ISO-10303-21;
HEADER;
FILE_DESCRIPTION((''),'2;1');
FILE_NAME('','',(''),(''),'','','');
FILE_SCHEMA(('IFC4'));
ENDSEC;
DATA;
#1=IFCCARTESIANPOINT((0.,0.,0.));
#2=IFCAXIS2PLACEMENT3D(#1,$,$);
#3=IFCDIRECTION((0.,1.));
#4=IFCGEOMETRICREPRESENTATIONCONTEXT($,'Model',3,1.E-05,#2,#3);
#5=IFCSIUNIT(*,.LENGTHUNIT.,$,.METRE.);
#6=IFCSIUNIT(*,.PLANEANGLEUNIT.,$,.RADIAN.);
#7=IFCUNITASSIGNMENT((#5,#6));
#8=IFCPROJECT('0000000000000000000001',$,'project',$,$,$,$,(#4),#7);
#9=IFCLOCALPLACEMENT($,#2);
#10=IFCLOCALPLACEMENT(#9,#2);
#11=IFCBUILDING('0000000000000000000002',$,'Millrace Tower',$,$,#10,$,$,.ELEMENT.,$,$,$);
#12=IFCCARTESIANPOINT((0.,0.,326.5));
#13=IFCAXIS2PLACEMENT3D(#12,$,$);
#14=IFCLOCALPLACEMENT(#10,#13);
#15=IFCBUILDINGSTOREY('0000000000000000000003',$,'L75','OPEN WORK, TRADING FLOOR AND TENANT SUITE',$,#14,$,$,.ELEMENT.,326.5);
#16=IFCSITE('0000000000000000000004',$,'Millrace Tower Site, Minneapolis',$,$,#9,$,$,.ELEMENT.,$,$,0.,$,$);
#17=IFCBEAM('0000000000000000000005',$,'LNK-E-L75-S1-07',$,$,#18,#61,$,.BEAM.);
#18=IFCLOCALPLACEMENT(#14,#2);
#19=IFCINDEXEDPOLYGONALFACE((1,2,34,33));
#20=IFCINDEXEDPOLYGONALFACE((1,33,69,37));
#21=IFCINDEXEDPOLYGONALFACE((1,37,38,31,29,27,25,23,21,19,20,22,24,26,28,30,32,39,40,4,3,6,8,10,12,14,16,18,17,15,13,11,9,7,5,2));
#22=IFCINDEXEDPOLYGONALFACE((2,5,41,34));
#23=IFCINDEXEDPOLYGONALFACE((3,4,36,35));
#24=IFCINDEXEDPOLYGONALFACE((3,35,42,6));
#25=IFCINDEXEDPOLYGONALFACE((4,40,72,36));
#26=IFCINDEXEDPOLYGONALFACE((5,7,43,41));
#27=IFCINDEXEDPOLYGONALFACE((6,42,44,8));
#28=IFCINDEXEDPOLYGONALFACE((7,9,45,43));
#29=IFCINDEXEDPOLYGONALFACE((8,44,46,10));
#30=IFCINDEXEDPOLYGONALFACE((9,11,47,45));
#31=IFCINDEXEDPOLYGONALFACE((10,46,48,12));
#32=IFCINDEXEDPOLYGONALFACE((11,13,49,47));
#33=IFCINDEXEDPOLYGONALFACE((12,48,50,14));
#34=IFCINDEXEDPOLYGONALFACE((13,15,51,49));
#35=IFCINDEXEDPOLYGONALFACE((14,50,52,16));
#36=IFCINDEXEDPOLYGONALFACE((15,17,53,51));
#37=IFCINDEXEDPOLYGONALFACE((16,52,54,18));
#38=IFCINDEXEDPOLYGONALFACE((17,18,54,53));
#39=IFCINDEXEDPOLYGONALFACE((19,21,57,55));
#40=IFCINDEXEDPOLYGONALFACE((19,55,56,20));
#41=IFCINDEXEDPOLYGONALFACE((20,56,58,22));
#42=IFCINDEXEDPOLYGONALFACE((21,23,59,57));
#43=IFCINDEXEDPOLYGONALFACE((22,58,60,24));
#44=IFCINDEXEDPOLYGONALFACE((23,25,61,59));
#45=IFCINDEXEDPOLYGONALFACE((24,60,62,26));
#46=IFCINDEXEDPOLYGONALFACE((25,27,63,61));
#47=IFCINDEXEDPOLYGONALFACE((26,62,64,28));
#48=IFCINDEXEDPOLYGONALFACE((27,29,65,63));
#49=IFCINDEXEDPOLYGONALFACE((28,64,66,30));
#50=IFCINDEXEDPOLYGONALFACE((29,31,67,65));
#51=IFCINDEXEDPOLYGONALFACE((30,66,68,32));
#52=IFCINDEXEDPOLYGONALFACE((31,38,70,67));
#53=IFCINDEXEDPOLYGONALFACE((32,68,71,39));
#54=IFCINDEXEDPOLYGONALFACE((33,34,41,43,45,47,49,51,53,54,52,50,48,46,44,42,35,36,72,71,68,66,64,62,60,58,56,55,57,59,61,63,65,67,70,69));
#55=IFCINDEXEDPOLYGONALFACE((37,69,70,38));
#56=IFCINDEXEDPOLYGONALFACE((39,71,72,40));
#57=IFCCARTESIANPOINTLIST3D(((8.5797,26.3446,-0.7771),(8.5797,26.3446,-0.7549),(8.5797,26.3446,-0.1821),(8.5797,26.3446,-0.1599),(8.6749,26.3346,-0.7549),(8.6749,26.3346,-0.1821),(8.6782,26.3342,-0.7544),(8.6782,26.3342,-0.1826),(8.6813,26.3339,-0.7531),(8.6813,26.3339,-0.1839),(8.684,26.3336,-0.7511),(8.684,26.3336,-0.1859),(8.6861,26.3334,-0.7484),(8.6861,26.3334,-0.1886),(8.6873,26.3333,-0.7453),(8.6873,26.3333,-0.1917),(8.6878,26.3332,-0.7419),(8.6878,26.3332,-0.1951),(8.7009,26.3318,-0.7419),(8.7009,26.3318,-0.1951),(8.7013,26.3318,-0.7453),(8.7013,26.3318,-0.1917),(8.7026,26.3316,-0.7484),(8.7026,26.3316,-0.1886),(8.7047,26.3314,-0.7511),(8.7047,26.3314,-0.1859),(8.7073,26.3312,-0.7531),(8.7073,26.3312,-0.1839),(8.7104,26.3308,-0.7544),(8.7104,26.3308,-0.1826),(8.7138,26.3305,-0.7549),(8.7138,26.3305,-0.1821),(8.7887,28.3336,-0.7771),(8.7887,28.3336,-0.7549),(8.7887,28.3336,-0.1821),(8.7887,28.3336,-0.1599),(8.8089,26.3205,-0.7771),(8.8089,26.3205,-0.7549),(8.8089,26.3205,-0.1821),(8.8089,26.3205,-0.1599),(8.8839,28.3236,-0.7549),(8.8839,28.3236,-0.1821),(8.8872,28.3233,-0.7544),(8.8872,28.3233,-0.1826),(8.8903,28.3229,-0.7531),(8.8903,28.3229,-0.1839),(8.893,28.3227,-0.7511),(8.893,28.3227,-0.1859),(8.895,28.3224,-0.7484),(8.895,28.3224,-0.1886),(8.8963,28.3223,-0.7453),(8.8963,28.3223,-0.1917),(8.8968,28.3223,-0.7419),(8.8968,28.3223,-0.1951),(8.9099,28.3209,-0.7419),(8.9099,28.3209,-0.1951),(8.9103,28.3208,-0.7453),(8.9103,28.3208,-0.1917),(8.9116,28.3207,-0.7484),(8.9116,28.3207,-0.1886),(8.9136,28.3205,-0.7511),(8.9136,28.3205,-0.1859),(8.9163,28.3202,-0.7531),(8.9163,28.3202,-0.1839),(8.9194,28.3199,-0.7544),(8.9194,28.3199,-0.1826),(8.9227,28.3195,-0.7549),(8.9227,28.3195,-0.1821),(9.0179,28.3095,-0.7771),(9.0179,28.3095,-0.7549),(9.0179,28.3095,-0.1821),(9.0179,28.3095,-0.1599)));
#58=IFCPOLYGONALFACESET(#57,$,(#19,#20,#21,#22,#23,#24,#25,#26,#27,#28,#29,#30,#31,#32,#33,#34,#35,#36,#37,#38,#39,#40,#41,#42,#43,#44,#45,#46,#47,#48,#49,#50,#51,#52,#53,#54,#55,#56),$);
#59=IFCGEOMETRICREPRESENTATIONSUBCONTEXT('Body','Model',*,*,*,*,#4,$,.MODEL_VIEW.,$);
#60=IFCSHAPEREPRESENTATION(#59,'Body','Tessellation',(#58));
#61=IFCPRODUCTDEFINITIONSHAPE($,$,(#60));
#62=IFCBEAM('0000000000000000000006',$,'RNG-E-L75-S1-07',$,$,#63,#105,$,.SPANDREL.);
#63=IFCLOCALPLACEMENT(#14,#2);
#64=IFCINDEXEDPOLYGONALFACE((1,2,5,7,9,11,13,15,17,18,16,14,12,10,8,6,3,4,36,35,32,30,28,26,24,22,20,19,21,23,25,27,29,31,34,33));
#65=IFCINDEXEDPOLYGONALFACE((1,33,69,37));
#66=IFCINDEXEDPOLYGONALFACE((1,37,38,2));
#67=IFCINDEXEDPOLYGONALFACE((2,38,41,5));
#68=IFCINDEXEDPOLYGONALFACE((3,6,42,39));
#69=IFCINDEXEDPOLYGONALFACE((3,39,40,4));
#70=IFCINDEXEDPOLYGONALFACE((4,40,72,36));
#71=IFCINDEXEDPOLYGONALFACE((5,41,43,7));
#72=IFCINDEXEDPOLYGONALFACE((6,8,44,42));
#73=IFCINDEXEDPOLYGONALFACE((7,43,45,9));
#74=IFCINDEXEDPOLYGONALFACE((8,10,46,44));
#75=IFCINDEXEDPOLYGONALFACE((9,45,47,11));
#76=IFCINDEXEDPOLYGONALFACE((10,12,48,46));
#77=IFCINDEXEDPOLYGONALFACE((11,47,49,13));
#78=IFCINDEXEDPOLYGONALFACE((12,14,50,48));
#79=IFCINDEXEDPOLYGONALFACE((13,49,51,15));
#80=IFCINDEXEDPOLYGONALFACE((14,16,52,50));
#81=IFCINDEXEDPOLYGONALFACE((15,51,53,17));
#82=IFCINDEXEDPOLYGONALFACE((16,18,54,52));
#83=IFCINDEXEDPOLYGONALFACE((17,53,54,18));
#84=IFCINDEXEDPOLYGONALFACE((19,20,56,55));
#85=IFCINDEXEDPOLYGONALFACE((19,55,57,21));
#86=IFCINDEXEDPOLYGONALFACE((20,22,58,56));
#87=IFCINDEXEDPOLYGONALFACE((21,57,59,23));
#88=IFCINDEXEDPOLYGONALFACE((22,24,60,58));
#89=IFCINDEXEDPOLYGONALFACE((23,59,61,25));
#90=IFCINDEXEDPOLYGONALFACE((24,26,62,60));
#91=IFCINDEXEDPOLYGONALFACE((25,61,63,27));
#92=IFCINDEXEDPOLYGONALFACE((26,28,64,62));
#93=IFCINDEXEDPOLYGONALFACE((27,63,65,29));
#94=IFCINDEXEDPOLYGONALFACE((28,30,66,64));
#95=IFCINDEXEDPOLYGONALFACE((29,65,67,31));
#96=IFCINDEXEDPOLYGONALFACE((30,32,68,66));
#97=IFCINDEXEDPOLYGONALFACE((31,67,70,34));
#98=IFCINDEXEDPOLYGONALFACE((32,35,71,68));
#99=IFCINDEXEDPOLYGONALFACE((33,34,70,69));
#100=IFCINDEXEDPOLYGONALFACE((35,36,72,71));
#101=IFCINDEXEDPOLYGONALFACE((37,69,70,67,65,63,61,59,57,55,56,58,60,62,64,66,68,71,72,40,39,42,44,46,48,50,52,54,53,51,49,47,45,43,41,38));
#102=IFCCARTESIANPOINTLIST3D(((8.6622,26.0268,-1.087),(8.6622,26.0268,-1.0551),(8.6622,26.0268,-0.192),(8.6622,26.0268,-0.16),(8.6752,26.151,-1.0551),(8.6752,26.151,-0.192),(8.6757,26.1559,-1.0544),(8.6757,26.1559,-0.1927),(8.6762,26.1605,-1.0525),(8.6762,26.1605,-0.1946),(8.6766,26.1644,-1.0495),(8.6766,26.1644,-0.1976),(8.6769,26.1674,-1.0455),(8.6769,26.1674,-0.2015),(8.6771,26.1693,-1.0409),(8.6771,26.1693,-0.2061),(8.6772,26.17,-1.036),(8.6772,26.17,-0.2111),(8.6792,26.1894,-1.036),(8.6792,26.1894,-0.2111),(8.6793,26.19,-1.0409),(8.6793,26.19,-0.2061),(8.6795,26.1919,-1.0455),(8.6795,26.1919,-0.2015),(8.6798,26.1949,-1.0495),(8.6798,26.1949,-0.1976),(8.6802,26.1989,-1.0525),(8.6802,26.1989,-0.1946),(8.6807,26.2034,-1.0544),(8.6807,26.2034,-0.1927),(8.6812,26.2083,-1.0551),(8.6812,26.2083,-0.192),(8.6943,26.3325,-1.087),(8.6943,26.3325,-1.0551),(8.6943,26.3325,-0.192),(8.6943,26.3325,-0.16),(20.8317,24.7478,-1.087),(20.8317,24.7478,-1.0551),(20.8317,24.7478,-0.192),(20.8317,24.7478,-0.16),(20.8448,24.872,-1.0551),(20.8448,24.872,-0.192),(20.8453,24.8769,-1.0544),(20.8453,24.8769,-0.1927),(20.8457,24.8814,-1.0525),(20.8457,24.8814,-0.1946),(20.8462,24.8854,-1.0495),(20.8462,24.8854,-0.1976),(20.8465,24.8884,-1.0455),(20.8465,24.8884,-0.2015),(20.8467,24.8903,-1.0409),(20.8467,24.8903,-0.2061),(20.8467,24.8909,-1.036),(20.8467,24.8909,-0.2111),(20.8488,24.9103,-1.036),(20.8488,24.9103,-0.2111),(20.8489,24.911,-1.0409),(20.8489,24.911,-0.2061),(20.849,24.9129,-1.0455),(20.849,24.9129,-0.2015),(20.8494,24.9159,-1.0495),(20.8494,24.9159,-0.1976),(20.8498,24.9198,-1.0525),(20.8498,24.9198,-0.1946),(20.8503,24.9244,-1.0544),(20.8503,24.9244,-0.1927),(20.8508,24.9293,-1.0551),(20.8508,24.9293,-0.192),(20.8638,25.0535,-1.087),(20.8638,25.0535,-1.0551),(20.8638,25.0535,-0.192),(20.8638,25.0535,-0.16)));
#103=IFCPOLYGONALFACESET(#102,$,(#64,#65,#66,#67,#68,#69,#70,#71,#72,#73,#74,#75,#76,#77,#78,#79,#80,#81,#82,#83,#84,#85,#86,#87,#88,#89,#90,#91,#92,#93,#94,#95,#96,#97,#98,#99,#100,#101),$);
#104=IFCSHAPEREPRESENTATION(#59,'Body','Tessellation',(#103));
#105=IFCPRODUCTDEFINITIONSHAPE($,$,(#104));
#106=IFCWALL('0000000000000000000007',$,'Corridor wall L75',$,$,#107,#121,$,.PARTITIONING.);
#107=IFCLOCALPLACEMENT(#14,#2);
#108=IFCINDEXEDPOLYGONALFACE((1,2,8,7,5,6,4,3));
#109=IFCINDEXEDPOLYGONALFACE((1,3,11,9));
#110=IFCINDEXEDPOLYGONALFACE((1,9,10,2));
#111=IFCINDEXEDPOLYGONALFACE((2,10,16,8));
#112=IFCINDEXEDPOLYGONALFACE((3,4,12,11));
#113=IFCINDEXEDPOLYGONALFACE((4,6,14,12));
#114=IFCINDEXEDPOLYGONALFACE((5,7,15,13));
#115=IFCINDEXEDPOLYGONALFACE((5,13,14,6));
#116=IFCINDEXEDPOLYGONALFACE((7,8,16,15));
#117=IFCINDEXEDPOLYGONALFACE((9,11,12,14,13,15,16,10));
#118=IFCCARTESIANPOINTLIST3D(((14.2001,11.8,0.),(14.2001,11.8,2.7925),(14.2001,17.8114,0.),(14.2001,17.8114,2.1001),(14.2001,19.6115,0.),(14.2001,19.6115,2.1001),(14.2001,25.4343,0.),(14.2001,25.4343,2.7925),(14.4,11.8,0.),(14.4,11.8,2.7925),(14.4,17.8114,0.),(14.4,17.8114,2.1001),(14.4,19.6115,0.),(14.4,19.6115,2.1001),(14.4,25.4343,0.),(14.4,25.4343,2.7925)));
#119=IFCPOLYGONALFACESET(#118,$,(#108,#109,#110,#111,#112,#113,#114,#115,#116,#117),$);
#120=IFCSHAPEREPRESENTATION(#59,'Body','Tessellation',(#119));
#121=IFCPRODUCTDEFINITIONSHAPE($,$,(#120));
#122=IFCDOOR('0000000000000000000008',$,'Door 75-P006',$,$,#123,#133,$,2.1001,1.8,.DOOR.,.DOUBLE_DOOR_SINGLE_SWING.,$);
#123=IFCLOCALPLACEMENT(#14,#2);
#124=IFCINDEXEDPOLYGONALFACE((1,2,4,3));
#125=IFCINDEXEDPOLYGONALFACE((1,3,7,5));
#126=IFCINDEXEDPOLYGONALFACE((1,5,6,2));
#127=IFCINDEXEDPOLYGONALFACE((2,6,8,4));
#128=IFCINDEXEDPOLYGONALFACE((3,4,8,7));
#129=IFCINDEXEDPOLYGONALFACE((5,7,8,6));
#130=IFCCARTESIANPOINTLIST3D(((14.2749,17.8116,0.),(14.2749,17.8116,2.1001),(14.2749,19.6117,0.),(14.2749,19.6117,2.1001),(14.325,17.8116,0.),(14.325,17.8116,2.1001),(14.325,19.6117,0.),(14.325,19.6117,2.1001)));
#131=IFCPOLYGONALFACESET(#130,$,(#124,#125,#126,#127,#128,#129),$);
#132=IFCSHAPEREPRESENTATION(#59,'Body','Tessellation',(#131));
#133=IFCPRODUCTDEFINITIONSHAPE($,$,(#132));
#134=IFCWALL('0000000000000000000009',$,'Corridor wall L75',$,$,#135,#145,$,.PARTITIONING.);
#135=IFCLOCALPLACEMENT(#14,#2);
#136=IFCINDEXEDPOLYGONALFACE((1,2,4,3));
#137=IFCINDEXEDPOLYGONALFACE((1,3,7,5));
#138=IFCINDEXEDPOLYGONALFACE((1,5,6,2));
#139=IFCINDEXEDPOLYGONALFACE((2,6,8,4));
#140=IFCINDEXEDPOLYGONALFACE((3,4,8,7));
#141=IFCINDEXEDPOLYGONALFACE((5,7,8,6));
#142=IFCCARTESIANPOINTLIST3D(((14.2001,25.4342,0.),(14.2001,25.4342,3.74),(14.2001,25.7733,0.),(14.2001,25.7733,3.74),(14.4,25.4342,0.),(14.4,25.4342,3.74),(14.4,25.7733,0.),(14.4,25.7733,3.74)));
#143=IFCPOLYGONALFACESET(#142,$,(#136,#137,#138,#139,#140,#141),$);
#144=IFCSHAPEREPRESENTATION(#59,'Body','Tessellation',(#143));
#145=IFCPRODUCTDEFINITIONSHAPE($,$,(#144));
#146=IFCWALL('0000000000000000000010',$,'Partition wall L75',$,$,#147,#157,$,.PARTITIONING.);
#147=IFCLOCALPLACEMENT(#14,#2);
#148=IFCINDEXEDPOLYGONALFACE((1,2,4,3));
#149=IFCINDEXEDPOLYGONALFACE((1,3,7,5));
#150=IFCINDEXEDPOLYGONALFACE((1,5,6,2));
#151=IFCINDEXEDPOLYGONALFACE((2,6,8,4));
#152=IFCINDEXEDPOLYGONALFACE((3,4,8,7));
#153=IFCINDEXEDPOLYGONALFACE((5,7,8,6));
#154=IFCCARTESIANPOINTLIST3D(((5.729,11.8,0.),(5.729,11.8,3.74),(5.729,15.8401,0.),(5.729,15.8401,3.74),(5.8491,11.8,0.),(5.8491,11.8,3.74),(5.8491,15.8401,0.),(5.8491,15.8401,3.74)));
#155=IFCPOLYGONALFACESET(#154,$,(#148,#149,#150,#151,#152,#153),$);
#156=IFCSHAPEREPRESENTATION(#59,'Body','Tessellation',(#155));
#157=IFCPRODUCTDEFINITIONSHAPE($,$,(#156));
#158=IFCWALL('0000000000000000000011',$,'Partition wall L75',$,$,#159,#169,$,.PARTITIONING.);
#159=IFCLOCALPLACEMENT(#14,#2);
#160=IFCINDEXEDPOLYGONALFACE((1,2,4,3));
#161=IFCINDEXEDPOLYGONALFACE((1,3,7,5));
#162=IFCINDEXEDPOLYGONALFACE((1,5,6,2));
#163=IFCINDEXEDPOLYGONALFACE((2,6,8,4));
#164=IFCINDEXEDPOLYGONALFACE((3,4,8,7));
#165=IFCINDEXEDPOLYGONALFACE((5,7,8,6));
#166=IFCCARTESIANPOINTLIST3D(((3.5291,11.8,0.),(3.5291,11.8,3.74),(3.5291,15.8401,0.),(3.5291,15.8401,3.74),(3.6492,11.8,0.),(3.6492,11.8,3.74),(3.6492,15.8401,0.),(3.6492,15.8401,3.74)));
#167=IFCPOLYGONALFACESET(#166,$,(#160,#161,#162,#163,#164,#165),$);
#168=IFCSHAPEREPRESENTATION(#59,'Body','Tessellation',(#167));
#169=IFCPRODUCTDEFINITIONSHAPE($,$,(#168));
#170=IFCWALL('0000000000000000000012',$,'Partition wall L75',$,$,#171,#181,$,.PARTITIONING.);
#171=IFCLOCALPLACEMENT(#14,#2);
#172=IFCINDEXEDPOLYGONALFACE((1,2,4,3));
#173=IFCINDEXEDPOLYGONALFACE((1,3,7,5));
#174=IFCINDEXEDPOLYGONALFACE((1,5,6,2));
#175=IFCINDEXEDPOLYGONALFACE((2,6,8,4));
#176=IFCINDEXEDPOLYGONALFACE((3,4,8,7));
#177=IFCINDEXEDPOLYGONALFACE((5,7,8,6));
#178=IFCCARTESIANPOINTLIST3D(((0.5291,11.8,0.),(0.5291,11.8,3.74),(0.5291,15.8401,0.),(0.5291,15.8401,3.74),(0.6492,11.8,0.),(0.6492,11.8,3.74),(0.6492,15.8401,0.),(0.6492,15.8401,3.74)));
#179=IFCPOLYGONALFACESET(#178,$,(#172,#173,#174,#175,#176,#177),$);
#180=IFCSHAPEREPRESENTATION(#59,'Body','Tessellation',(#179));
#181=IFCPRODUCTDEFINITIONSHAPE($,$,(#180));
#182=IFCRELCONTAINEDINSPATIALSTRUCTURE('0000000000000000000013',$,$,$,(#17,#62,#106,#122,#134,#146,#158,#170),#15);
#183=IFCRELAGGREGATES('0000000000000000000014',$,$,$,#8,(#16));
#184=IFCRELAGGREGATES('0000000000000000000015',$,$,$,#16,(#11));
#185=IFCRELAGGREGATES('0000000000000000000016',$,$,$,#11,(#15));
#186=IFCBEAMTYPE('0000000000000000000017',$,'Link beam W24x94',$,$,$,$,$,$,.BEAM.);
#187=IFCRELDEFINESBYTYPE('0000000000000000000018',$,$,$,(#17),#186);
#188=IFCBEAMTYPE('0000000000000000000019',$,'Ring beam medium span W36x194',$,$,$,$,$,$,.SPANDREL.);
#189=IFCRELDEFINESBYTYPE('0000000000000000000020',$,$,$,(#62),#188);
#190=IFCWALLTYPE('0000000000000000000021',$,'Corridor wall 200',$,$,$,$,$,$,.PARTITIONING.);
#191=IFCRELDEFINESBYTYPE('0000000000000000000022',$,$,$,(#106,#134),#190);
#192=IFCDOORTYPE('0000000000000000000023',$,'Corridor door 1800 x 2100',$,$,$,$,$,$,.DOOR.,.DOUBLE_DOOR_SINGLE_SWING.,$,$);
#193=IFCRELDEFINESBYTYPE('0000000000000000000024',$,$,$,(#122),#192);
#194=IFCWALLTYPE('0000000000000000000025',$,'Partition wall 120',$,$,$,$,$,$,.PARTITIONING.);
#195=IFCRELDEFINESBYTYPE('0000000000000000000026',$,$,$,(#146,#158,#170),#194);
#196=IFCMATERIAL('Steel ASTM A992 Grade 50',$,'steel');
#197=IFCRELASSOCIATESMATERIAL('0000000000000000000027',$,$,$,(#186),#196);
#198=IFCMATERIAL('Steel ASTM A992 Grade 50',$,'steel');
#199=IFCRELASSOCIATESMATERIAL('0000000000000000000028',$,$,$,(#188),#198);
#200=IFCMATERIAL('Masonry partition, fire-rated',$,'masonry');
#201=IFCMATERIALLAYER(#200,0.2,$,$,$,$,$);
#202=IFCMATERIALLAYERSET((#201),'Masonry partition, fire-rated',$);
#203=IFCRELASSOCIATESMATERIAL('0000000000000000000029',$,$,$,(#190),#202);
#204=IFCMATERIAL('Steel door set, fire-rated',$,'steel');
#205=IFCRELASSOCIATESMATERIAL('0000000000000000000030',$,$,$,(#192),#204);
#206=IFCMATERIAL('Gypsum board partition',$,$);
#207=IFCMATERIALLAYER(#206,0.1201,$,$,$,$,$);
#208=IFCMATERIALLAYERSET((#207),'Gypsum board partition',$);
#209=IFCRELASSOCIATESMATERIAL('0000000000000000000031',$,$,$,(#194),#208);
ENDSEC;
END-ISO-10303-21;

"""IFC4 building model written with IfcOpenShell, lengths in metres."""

from ifc_helpers import new_model, si_unit, direction, frame, frame_2d, origin, origin_2d, place, context, subcontext, project, spatial, rectangle, i_section, extrude, material, layer, layer_set, material_profile, profile_set, type_object, element, fill, save


model = new_model("IFC4")

# Units and contexts
model_context = context("Model", 3, precision=1e-05, world=origin(), true_north=direction((0.0, 1.0)))
body_context = subcontext(model_context, "Body", "Model", "MODEL_VIEW")
ifc_project = project(units=[si_unit("LENGTHUNIT", "METRE"), si_unit("PLANEANGLEUNIT", "RADIAN")], contexts=[model_context])

# Site, building, storey
site_placement = place(None, origin())
site = spatial("IfcSite", under=ifc_project, at=site_placement, Name="Millrace Tower Site, Minneapolis", CompositionType="ELEMENT", RefElevation=0.0)
building_placement = place(site_placement, origin())
building = spatial("IfcBuilding", under=site, at=building_placement, Name="Millrace Tower", CompositionType="ELEMENT")
storey_placement = place(building_placement, frame((0.0, 0.0, 326.5)))
storey = spatial("IfcBuildingStorey", under=building, at=storey_placement, Name="L75", Description="OPEN WORK, TRADING FLOOR AND TENANT SUITE", CompositionType="ELEMENT", Elevation=326.5)

# Beams
ifc_material_1 = material(Name="Steel ASTM A992 Grade 50", Category="steel")
ifc_material_profile_1 = material_profile(ifc_material_1, i_section(OverallWidth=0.2305, OverallDepth=0.6172, WebThickness=0.0132, FlangeThickness=0.0222, FilletRadius=0.0129, at=origin_2d()))
ifc_profile_set_1 = profile_set([ifc_material_profile_1], Name="Steel ASTM A992 Grade 50")
beam_type_1 = type_object("IfcBeamType", Name="Link beam W24x94", PredefinedType="BEAM", material=ifc_profile_set_1)
beam_1_placement = place(storey_placement, frame((8.6943, 26.3325, -0.4685), z_axis=(0.104494, 0.994526, 0.0), x_axis=(-0.994526, 0.104494, 0.0)))
element("IfcBeam", 1, at=beam_1_placement, inside=storey, type_object=beam_type_1, Name="LNK-E-L75-S1-07", PredefinedType="BEAM", context=body_context, shape_type="SweptSolid", body=[
    extrude(i_section(OverallWidth=0.2305, OverallDepth=0.6172, WebThickness=0.0132, FlangeThickness=0.0222, FilletRadius=0.0129, at=origin_2d()), origin(), (0.0, 0.0, 1.0), 2.0),
])
ifc_material_2 = material(Name="Steel ASTM A992 Grade 50", Category="steel")
ifc_material_profile_2 = material_profile(ifc_material_2, i_section(OverallWidth=0.3074, OverallDepth=0.927, WebThickness=0.0195, FlangeThickness=0.032, FilletRadius=0.019, at=origin_2d()))
ifc_profile_set_2 = profile_set([ifc_material_profile_2], Name="Steel ASTM A992 Grade 50")
beam_type_2 = type_object("IfcBeamType", Name="Ring beam medium span W36x194", PredefinedType="SPANDREL", material=ifc_profile_set_2)
beam_2_placement = place(storey_placement, frame((8.6782, 26.1797, -0.6235), z_axis=(0.994522, -0.104528, 0.0), x_axis=(0.104528, 0.994522, 0.0)))
element("IfcBeam", 2, at=beam_2_placement, inside=storey, type_object=beam_type_2, Name="RNG-E-L75-S1-07", PredefinedType="SPANDREL", context=body_context, shape_type="SweptSolid", body=[
    extrude(i_section(OverallWidth=0.3074, OverallDepth=0.927, WebThickness=0.0195, FlangeThickness=0.032, FilletRadius=0.019, at=origin_2d()), origin(), (0.0, 0.0, 1.0), 12.2366),
])

# Wall, opening, door
ifc_material_3 = material(Name="Masonry partition, fire-rated", Category="masonry")
ifc_layer_1 = layer(ifc_material_3, 0.2)
ifc_layer_set_1 = layer_set([ifc_layer_1], Name="Masonry partition, fire-rated")
wall_type_1 = type_object("IfcWallType", Name="Corridor wall 200", PredefinedType="PARTITIONING", material=ifc_layer_set_1)
wall_1_placement = place(storey_placement, frame((14.3, 11.8, 0.0), z_axis=(0.0, 0.0, 1.0), x_axis=(0.0, 1.0, 0.0)))
wall_1 = element("IfcWall", 3, at=wall_1_placement, inside=storey, type_object=wall_type_1, Name="Corridor wall L75", PredefinedType="PARTITIONING", context=body_context, shape_type="SweptSolid", body=[
    extrude(rectangle(XDim=13.6343, YDim=0.2, at=frame_2d((6.8171, 0.0))), origin(), (0.0, 0.0, 1.0), 2.7925),
])
opening_placement = place(wall_1_placement, frame((6.0115, 0.0, 0.0)))
opening = element("IfcOpeningElement", 4, at=opening_placement, cuts=wall_1, PredefinedType="OPENING", context=body_context, shape_type="SweptSolid", body=[
    extrude(rectangle(XDim=1.8, YDim=2.1001, at=frame_2d((0.8999, 1.05))), frame((0.0, 0.1099, 0.0), z_axis=(0.0, -1.0, 0.0), x_axis=(1.0, 0.0, 0.0)), (0.0, 0.0, 1.0), 0.22),
])
ifc_material_4 = material(Name="Steel door set, fire-rated", Category="steel")
door_type = type_object("IfcDoorType", Name="Corridor door 1800 x 2100", OperationType="DOUBLE_DOOR_SINGLE_SWING", PredefinedType="DOOR", material=ifc_material_4)
door_placement = place(opening_placement, frame((1.8, 0.0, 0.0), z_axis=(0.0, 0.0, 1.0), x_axis=(-1.0, 0.0, 0.0)))
door = element("IfcDoor", 5, at=door_placement, inside=storey, type_object=door_type, Name="Door 75-P006", OperationType="DOUBLE_DOOR_SINGLE_SWING", OverallHeight=2.1001, OverallWidth=1.8, PredefinedType="DOOR", context=body_context, shape_type="SweptSolid", body=[
    extrude(rectangle(XDim=1.8, YDim=2.1001, at=frame_2d((0.8999, 1.05))), frame((0.0, 0.0249, 0.0), z_axis=(0.0, -1.0, 0.0), x_axis=(1.0, 0.0, 0.0)), (0.0, 0.0, 1.0), 0.05),
])
fill(opening, door)

# Walls
wall_2_placement = place(storey_placement, frame((14.3, 25.4343, 0.0), z_axis=(0.0, 0.0, 1.0), x_axis=(0.0, 1.0, 0.0)))
element("IfcWall", 6, at=wall_2_placement, inside=storey, type_object=wall_type_1, Name="Corridor wall L75", PredefinedType="PARTITIONING", context=body_context, shape_type="SweptSolid", body=[
    extrude(rectangle(XDim=0.3391, YDim=0.2, at=frame_2d((0.1694, 0.0))), origin(), (0.0, 0.0, 1.0), 3.74),
])
ifc_material_5 = material(Name="Gypsum board partition")
ifc_layer_2 = layer(ifc_material_5, 0.1201)
ifc_layer_set_2 = layer_set([ifc_layer_2], Name="Gypsum board partition")
wall_type_2 = type_object("IfcWallType", Name="Partition wall 120", PredefinedType="PARTITIONING", material=ifc_layer_set_2)
for number, where, z_axis, x_axis, name in (
    (7, (5.7891, 11.8, 0.0), (0.0, 0.0, 1.0), (0.0, 1.0, 0.0), "Partition wall L75"),
    (8, (3.5891, 11.8, 0.0), (0.0, 0.0, 1.0), (0.0, 1.0, 0.0), "Partition wall L75"),
    (9, (0.5891, 11.8, 0.0), (0.0, 0.0, 1.0), (0.0, 1.0, 0.0), "Partition wall L75"),
):
    element("IfcWall", number, at=place(storey_placement, frame(where, z_axis=z_axis, x_axis=x_axis)), inside=storey, type_object=wall_type_2, Name=name, PredefinedType="PARTITIONING", context=body_context, shape_type="SweptSolid", body=[
        extrude(rectangle(XDim=4.04, YDim=0.1201, at=frame_2d((2.02, 0.0))), origin(), (0.0, 0.0, 1.0), 3.74),
    ])

save(model, "model.ifc")
